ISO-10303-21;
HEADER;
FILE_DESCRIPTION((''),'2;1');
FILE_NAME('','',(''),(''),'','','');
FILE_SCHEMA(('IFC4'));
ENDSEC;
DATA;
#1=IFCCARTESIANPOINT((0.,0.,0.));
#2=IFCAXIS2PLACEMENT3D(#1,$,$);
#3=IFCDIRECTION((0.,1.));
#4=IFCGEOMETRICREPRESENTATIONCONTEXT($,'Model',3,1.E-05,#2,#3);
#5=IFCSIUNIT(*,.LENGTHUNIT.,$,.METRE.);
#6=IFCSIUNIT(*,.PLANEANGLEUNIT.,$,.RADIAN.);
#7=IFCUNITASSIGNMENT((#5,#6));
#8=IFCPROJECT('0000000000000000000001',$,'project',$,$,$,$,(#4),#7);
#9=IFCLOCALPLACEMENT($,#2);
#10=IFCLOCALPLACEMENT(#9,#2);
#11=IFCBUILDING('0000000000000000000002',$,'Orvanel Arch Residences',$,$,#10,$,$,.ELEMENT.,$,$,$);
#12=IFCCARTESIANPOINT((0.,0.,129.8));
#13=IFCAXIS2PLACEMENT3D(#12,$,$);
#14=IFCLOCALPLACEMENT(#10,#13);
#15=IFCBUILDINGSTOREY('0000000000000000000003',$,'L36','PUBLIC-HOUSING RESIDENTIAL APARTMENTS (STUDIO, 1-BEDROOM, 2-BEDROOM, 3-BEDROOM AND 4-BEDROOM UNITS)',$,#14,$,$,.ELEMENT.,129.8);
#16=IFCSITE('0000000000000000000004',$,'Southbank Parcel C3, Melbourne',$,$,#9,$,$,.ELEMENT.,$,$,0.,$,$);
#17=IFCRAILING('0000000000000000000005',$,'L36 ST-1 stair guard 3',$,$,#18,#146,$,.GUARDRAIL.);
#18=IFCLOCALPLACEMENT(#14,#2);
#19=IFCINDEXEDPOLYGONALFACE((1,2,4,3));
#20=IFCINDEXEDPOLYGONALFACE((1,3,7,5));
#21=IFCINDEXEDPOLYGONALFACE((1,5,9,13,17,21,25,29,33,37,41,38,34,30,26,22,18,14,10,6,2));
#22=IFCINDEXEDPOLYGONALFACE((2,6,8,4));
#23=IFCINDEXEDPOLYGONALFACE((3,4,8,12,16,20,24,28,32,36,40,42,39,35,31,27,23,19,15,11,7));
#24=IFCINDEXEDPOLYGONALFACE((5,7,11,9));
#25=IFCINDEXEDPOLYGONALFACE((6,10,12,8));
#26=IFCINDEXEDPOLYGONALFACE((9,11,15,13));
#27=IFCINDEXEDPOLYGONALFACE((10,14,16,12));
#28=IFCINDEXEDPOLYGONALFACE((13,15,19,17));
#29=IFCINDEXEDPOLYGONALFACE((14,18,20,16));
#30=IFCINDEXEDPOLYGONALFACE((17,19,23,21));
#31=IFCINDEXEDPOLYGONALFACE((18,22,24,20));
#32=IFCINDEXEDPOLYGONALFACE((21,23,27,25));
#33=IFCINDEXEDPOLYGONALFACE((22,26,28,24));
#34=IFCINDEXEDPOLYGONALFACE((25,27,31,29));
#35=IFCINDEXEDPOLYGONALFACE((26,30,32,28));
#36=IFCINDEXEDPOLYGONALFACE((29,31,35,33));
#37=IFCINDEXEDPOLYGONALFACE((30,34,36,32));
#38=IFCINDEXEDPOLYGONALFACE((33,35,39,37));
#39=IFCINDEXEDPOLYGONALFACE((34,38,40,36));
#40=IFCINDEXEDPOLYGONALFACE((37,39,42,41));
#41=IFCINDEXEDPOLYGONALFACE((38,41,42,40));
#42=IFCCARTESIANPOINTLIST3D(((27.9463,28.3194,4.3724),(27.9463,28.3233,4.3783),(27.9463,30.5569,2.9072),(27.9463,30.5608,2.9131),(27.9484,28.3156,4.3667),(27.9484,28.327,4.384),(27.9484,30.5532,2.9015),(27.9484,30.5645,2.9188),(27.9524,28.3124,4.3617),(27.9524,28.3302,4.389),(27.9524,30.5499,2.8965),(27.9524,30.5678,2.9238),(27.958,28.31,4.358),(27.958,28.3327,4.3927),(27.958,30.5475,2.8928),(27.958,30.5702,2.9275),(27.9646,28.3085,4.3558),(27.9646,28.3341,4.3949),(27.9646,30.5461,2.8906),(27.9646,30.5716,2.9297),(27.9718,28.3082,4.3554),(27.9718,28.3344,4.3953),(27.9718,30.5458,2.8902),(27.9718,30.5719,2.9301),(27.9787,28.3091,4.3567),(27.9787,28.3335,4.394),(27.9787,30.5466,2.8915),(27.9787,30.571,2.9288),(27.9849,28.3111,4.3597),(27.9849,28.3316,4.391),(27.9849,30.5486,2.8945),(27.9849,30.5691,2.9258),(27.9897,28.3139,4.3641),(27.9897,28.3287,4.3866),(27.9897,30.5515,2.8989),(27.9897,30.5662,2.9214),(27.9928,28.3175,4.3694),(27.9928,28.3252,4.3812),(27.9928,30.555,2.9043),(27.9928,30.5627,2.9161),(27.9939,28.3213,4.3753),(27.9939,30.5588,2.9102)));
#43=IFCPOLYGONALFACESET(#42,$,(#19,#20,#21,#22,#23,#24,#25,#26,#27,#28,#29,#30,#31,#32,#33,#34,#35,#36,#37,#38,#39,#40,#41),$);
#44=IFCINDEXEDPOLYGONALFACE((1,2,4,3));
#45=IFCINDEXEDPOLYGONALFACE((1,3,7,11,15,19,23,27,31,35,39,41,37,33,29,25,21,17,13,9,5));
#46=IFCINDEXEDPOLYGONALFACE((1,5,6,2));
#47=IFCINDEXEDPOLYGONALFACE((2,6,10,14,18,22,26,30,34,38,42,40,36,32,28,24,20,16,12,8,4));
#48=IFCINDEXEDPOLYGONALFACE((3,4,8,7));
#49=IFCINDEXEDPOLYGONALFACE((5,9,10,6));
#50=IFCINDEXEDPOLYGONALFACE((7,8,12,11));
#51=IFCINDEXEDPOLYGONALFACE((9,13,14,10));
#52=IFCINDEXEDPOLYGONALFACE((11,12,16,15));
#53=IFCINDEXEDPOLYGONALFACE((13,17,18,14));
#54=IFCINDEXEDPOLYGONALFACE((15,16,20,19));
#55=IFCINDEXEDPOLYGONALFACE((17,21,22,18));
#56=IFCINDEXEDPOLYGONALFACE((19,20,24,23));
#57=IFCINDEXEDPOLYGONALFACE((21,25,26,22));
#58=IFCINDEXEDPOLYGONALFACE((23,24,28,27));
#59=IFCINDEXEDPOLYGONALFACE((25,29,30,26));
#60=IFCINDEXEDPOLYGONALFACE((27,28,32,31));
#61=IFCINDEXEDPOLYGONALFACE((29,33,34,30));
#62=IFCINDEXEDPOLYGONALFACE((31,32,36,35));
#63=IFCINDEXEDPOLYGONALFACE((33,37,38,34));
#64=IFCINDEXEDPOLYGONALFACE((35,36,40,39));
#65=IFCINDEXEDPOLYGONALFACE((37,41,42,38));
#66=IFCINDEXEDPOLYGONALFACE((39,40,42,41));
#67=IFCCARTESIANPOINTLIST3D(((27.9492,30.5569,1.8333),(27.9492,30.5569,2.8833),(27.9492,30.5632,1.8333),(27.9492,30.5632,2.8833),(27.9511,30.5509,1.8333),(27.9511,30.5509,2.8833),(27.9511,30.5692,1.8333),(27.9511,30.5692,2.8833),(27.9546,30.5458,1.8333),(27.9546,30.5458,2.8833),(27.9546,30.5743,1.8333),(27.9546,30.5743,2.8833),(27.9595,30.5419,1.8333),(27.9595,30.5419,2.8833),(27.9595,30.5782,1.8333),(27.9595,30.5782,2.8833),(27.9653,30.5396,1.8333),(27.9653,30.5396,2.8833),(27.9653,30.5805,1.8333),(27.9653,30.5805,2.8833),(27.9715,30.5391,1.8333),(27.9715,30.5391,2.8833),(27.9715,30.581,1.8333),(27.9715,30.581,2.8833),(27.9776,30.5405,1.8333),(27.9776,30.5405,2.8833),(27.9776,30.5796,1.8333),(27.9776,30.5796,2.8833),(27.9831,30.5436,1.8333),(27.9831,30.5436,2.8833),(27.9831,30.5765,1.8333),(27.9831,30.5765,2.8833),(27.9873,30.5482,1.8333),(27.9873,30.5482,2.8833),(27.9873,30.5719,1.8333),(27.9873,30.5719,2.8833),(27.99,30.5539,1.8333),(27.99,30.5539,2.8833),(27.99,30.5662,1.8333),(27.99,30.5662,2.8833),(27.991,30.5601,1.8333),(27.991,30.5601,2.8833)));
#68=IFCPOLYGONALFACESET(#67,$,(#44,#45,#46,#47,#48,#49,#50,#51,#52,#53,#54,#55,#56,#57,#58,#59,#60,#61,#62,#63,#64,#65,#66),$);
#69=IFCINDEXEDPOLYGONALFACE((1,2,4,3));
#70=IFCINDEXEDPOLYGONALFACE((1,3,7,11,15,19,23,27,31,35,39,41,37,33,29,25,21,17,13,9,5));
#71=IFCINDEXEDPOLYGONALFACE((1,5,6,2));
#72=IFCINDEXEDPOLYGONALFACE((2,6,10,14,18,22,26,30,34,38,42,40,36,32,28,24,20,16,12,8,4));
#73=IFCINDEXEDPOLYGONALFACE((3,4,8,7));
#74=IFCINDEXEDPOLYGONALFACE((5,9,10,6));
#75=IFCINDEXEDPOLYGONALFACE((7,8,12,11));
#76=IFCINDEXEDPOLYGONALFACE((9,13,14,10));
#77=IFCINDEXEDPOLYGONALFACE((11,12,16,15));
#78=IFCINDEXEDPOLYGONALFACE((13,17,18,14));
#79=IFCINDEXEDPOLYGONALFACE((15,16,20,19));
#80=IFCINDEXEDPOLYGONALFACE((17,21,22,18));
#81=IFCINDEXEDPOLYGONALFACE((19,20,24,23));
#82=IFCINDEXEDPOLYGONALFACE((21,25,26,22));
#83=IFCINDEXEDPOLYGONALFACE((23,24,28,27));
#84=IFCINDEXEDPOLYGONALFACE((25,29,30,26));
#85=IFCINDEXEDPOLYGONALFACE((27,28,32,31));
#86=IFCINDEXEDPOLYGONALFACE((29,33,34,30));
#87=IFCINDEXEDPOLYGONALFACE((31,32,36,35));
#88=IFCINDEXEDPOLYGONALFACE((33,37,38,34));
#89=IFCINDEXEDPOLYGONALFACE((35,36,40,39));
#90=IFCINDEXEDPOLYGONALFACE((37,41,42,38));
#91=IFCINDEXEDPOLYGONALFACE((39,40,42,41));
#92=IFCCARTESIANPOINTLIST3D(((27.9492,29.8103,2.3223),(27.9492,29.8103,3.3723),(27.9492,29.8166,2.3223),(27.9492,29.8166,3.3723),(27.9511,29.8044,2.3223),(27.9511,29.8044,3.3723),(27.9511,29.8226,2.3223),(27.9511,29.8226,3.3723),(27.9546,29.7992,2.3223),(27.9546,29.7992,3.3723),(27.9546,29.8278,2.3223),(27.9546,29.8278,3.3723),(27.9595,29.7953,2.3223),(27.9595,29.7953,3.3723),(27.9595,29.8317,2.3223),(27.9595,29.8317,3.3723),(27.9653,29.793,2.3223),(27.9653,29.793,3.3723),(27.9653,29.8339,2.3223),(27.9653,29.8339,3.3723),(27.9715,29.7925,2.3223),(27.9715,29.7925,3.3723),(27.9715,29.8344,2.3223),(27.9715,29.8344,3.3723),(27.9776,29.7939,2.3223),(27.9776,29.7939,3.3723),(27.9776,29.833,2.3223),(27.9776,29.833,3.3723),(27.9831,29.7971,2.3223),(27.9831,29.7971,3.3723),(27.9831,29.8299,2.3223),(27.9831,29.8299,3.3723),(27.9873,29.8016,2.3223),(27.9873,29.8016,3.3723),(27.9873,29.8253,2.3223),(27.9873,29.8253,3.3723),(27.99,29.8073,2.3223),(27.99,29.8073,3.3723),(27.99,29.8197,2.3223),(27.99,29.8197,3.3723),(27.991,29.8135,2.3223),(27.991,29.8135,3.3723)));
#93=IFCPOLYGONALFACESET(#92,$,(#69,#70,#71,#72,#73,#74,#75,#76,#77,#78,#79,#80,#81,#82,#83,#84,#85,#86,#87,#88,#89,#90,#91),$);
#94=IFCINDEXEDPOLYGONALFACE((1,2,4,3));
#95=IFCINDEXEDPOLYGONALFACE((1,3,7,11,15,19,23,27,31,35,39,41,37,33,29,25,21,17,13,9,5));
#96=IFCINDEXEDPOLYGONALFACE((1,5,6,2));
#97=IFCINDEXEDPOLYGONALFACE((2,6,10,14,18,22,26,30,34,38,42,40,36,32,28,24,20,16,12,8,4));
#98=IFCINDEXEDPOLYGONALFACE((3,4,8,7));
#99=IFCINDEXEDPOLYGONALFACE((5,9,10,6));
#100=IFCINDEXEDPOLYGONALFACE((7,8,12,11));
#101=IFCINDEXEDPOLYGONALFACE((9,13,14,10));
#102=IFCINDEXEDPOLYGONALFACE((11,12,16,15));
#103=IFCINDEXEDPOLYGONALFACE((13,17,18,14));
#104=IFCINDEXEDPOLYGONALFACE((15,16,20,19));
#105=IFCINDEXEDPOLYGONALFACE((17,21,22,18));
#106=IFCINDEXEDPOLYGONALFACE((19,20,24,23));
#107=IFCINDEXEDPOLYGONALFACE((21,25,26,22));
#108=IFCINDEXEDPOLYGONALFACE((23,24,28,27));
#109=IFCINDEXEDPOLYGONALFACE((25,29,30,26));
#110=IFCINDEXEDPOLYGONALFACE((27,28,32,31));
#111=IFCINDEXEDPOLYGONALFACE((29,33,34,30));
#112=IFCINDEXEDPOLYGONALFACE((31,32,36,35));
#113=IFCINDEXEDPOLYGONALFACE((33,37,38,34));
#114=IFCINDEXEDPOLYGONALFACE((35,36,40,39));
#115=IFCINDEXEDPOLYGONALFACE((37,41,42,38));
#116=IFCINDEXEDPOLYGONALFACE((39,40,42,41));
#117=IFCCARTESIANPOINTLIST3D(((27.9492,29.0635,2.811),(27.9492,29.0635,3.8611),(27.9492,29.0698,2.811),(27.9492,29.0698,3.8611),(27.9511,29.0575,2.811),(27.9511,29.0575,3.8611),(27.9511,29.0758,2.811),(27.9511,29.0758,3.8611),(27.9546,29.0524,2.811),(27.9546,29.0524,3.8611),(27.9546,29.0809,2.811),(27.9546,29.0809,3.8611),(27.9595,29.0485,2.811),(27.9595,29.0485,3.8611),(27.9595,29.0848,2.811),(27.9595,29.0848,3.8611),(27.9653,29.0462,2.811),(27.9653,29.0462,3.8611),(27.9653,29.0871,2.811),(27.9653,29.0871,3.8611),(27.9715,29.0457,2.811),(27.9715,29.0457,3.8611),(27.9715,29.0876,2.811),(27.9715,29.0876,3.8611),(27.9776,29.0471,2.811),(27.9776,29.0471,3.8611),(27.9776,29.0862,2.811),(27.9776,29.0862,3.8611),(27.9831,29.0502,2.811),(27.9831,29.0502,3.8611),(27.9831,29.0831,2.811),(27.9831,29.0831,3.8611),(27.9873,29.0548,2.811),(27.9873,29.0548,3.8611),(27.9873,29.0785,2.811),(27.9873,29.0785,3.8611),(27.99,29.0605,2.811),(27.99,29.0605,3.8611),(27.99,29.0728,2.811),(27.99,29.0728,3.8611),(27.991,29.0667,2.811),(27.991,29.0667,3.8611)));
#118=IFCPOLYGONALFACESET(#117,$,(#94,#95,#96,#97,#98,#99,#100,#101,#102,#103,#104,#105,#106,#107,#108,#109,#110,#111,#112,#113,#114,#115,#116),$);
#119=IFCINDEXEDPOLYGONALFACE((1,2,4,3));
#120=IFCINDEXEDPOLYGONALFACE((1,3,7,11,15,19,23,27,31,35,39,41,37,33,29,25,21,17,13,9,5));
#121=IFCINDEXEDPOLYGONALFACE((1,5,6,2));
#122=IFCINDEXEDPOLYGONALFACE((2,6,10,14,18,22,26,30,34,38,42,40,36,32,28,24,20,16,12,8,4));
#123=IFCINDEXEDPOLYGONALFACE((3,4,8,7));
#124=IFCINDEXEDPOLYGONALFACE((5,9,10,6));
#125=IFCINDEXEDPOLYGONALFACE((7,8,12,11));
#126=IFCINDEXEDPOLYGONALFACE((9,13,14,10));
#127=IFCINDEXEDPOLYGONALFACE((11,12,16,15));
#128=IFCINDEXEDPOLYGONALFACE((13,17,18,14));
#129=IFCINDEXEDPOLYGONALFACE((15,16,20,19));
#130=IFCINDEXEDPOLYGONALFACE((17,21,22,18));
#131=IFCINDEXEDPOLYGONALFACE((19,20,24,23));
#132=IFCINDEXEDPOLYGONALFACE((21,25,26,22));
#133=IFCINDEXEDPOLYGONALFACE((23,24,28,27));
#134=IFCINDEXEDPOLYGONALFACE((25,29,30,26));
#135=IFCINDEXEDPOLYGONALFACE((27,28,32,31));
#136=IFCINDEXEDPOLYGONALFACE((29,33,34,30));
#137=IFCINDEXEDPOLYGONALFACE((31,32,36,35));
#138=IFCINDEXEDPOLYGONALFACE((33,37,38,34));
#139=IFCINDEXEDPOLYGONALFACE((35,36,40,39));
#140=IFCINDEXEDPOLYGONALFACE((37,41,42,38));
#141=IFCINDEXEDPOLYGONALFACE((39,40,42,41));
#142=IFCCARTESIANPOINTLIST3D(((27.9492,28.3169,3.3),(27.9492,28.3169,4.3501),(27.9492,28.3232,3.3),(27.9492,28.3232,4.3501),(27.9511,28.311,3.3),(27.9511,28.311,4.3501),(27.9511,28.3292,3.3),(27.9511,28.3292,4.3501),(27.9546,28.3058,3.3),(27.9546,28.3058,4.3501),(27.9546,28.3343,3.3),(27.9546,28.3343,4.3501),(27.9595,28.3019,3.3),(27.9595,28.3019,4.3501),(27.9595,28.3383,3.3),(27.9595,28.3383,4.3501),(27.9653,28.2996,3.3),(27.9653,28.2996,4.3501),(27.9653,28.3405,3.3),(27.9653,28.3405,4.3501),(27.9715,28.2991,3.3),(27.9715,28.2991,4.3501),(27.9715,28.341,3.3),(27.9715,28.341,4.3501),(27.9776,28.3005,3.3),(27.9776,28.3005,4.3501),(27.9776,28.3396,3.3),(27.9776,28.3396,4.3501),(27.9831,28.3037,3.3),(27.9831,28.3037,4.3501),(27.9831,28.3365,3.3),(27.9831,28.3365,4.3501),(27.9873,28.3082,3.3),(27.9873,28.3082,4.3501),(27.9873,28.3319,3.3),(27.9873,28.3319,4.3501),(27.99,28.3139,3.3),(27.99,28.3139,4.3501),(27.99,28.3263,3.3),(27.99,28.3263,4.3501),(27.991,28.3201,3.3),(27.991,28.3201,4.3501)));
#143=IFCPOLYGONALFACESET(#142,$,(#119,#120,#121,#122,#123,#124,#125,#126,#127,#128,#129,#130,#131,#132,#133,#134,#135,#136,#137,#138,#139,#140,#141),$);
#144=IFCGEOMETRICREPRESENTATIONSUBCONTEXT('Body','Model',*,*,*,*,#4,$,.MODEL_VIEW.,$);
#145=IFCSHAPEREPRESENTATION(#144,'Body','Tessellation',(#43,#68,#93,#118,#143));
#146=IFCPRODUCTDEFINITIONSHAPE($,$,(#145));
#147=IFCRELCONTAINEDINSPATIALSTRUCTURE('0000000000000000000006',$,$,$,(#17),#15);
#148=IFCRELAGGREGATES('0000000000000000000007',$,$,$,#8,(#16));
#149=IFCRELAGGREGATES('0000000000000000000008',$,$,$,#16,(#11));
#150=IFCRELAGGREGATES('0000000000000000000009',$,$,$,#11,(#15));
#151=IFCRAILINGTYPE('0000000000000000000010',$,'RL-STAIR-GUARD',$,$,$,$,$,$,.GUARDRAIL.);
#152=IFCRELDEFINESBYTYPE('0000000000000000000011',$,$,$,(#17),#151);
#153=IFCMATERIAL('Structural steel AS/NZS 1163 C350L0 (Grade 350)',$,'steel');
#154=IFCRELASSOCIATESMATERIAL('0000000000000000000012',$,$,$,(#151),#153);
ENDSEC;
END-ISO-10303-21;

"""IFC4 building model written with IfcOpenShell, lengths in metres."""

from ifc_helpers import new_model, si_unit, direction, frame, origin, origin_2d, place, context, subcontext, project, spatial, circle, extrude, material, type_object, element, save


model = new_model("IFC4")

# Units and contexts
model_context = context("Model", 3, precision=1e-05, world=origin(), true_north=direction((0.0, 1.0)))
body_context = subcontext(model_context, "Body", "Model", "MODEL_VIEW")
ifc_project = project(units=[si_unit("LENGTHUNIT", "METRE"), si_unit("PLANEANGLEUNIT", "RADIAN")], contexts=[model_context])

# Site, building, storey
site_placement = place(None, origin())
site = spatial("IfcSite", under=ifc_project, at=site_placement, Name="Southbank Parcel C3, Melbourne", CompositionType="ELEMENT", RefElevation=0.0)
building_placement = place(site_placement, origin())
building = spatial("IfcBuilding", under=site, at=building_placement, Name="Orvanel Arch Residences", CompositionType="ELEMENT")
storey_placement = place(building_placement, frame((0.0, 0.0, 129.8)))
storey = spatial("IfcBuildingStorey", under=building, at=storey_placement, Name="L36", Description="PUBLIC-HOUSING RESIDENTIAL APARTMENTS (STUDIO, 1-BEDROOM, 2-BEDROOM, 3-BEDROOM AND 4-BEDROOM UNITS)", CompositionType="ELEMENT", Elevation=129.8)

# Railing
ifc_material_1 = material(Name="Structural steel AS/NZS 1163 C350L0 (Grade 350)", Category="steel")
railing_type_1 = type_object("IfcRailingType", Name="RL-STAIR-GUARD", PredefinedType="GUARDRAIL", material=ifc_material_1)
railing_1_placement = place(storey_placement, frame((27.97, 30.5601, 1.8333)))
element("IfcRailing", 1, at=railing_1_placement, inside=storey, type_object=railing_type_1, Name="L36 ST-1 stair guard 3", PredefinedType="GUARDRAIL", context=body_context, shape_type="SweptSolid", body=[
    extrude(circle(Radius=0.0239, at=origin_2d()), frame((0.0, -0.0012, 1.0769), z_axis=(0.0, -0.836595, 0.547822), x_axis=(1.0, 0.0, 0.0)), (0.0, 0.0, 1.0), 2.6746),
    extrude(circle(Radius=0.021, at=origin_2d()), origin(), (0.0, 0.0, 1.0), 1.05),
    extrude(circle(Radius=0.021, at=origin_2d()), frame((0.0, -0.7466, 0.489)), (0.0, 0.0, 1.0), 1.05),
    extrude(circle(Radius=0.021, at=origin_2d()), frame((0.0, -1.4934, 0.9778)), (0.0, 0.0, 1.0), 1.05),
    extrude(circle(Radius=0.021, at=origin_2d()), frame((0.0, -2.24, 1.4668)), (0.0, 0.0, 1.0), 1.05),
])

save(model, "model.ifc")
